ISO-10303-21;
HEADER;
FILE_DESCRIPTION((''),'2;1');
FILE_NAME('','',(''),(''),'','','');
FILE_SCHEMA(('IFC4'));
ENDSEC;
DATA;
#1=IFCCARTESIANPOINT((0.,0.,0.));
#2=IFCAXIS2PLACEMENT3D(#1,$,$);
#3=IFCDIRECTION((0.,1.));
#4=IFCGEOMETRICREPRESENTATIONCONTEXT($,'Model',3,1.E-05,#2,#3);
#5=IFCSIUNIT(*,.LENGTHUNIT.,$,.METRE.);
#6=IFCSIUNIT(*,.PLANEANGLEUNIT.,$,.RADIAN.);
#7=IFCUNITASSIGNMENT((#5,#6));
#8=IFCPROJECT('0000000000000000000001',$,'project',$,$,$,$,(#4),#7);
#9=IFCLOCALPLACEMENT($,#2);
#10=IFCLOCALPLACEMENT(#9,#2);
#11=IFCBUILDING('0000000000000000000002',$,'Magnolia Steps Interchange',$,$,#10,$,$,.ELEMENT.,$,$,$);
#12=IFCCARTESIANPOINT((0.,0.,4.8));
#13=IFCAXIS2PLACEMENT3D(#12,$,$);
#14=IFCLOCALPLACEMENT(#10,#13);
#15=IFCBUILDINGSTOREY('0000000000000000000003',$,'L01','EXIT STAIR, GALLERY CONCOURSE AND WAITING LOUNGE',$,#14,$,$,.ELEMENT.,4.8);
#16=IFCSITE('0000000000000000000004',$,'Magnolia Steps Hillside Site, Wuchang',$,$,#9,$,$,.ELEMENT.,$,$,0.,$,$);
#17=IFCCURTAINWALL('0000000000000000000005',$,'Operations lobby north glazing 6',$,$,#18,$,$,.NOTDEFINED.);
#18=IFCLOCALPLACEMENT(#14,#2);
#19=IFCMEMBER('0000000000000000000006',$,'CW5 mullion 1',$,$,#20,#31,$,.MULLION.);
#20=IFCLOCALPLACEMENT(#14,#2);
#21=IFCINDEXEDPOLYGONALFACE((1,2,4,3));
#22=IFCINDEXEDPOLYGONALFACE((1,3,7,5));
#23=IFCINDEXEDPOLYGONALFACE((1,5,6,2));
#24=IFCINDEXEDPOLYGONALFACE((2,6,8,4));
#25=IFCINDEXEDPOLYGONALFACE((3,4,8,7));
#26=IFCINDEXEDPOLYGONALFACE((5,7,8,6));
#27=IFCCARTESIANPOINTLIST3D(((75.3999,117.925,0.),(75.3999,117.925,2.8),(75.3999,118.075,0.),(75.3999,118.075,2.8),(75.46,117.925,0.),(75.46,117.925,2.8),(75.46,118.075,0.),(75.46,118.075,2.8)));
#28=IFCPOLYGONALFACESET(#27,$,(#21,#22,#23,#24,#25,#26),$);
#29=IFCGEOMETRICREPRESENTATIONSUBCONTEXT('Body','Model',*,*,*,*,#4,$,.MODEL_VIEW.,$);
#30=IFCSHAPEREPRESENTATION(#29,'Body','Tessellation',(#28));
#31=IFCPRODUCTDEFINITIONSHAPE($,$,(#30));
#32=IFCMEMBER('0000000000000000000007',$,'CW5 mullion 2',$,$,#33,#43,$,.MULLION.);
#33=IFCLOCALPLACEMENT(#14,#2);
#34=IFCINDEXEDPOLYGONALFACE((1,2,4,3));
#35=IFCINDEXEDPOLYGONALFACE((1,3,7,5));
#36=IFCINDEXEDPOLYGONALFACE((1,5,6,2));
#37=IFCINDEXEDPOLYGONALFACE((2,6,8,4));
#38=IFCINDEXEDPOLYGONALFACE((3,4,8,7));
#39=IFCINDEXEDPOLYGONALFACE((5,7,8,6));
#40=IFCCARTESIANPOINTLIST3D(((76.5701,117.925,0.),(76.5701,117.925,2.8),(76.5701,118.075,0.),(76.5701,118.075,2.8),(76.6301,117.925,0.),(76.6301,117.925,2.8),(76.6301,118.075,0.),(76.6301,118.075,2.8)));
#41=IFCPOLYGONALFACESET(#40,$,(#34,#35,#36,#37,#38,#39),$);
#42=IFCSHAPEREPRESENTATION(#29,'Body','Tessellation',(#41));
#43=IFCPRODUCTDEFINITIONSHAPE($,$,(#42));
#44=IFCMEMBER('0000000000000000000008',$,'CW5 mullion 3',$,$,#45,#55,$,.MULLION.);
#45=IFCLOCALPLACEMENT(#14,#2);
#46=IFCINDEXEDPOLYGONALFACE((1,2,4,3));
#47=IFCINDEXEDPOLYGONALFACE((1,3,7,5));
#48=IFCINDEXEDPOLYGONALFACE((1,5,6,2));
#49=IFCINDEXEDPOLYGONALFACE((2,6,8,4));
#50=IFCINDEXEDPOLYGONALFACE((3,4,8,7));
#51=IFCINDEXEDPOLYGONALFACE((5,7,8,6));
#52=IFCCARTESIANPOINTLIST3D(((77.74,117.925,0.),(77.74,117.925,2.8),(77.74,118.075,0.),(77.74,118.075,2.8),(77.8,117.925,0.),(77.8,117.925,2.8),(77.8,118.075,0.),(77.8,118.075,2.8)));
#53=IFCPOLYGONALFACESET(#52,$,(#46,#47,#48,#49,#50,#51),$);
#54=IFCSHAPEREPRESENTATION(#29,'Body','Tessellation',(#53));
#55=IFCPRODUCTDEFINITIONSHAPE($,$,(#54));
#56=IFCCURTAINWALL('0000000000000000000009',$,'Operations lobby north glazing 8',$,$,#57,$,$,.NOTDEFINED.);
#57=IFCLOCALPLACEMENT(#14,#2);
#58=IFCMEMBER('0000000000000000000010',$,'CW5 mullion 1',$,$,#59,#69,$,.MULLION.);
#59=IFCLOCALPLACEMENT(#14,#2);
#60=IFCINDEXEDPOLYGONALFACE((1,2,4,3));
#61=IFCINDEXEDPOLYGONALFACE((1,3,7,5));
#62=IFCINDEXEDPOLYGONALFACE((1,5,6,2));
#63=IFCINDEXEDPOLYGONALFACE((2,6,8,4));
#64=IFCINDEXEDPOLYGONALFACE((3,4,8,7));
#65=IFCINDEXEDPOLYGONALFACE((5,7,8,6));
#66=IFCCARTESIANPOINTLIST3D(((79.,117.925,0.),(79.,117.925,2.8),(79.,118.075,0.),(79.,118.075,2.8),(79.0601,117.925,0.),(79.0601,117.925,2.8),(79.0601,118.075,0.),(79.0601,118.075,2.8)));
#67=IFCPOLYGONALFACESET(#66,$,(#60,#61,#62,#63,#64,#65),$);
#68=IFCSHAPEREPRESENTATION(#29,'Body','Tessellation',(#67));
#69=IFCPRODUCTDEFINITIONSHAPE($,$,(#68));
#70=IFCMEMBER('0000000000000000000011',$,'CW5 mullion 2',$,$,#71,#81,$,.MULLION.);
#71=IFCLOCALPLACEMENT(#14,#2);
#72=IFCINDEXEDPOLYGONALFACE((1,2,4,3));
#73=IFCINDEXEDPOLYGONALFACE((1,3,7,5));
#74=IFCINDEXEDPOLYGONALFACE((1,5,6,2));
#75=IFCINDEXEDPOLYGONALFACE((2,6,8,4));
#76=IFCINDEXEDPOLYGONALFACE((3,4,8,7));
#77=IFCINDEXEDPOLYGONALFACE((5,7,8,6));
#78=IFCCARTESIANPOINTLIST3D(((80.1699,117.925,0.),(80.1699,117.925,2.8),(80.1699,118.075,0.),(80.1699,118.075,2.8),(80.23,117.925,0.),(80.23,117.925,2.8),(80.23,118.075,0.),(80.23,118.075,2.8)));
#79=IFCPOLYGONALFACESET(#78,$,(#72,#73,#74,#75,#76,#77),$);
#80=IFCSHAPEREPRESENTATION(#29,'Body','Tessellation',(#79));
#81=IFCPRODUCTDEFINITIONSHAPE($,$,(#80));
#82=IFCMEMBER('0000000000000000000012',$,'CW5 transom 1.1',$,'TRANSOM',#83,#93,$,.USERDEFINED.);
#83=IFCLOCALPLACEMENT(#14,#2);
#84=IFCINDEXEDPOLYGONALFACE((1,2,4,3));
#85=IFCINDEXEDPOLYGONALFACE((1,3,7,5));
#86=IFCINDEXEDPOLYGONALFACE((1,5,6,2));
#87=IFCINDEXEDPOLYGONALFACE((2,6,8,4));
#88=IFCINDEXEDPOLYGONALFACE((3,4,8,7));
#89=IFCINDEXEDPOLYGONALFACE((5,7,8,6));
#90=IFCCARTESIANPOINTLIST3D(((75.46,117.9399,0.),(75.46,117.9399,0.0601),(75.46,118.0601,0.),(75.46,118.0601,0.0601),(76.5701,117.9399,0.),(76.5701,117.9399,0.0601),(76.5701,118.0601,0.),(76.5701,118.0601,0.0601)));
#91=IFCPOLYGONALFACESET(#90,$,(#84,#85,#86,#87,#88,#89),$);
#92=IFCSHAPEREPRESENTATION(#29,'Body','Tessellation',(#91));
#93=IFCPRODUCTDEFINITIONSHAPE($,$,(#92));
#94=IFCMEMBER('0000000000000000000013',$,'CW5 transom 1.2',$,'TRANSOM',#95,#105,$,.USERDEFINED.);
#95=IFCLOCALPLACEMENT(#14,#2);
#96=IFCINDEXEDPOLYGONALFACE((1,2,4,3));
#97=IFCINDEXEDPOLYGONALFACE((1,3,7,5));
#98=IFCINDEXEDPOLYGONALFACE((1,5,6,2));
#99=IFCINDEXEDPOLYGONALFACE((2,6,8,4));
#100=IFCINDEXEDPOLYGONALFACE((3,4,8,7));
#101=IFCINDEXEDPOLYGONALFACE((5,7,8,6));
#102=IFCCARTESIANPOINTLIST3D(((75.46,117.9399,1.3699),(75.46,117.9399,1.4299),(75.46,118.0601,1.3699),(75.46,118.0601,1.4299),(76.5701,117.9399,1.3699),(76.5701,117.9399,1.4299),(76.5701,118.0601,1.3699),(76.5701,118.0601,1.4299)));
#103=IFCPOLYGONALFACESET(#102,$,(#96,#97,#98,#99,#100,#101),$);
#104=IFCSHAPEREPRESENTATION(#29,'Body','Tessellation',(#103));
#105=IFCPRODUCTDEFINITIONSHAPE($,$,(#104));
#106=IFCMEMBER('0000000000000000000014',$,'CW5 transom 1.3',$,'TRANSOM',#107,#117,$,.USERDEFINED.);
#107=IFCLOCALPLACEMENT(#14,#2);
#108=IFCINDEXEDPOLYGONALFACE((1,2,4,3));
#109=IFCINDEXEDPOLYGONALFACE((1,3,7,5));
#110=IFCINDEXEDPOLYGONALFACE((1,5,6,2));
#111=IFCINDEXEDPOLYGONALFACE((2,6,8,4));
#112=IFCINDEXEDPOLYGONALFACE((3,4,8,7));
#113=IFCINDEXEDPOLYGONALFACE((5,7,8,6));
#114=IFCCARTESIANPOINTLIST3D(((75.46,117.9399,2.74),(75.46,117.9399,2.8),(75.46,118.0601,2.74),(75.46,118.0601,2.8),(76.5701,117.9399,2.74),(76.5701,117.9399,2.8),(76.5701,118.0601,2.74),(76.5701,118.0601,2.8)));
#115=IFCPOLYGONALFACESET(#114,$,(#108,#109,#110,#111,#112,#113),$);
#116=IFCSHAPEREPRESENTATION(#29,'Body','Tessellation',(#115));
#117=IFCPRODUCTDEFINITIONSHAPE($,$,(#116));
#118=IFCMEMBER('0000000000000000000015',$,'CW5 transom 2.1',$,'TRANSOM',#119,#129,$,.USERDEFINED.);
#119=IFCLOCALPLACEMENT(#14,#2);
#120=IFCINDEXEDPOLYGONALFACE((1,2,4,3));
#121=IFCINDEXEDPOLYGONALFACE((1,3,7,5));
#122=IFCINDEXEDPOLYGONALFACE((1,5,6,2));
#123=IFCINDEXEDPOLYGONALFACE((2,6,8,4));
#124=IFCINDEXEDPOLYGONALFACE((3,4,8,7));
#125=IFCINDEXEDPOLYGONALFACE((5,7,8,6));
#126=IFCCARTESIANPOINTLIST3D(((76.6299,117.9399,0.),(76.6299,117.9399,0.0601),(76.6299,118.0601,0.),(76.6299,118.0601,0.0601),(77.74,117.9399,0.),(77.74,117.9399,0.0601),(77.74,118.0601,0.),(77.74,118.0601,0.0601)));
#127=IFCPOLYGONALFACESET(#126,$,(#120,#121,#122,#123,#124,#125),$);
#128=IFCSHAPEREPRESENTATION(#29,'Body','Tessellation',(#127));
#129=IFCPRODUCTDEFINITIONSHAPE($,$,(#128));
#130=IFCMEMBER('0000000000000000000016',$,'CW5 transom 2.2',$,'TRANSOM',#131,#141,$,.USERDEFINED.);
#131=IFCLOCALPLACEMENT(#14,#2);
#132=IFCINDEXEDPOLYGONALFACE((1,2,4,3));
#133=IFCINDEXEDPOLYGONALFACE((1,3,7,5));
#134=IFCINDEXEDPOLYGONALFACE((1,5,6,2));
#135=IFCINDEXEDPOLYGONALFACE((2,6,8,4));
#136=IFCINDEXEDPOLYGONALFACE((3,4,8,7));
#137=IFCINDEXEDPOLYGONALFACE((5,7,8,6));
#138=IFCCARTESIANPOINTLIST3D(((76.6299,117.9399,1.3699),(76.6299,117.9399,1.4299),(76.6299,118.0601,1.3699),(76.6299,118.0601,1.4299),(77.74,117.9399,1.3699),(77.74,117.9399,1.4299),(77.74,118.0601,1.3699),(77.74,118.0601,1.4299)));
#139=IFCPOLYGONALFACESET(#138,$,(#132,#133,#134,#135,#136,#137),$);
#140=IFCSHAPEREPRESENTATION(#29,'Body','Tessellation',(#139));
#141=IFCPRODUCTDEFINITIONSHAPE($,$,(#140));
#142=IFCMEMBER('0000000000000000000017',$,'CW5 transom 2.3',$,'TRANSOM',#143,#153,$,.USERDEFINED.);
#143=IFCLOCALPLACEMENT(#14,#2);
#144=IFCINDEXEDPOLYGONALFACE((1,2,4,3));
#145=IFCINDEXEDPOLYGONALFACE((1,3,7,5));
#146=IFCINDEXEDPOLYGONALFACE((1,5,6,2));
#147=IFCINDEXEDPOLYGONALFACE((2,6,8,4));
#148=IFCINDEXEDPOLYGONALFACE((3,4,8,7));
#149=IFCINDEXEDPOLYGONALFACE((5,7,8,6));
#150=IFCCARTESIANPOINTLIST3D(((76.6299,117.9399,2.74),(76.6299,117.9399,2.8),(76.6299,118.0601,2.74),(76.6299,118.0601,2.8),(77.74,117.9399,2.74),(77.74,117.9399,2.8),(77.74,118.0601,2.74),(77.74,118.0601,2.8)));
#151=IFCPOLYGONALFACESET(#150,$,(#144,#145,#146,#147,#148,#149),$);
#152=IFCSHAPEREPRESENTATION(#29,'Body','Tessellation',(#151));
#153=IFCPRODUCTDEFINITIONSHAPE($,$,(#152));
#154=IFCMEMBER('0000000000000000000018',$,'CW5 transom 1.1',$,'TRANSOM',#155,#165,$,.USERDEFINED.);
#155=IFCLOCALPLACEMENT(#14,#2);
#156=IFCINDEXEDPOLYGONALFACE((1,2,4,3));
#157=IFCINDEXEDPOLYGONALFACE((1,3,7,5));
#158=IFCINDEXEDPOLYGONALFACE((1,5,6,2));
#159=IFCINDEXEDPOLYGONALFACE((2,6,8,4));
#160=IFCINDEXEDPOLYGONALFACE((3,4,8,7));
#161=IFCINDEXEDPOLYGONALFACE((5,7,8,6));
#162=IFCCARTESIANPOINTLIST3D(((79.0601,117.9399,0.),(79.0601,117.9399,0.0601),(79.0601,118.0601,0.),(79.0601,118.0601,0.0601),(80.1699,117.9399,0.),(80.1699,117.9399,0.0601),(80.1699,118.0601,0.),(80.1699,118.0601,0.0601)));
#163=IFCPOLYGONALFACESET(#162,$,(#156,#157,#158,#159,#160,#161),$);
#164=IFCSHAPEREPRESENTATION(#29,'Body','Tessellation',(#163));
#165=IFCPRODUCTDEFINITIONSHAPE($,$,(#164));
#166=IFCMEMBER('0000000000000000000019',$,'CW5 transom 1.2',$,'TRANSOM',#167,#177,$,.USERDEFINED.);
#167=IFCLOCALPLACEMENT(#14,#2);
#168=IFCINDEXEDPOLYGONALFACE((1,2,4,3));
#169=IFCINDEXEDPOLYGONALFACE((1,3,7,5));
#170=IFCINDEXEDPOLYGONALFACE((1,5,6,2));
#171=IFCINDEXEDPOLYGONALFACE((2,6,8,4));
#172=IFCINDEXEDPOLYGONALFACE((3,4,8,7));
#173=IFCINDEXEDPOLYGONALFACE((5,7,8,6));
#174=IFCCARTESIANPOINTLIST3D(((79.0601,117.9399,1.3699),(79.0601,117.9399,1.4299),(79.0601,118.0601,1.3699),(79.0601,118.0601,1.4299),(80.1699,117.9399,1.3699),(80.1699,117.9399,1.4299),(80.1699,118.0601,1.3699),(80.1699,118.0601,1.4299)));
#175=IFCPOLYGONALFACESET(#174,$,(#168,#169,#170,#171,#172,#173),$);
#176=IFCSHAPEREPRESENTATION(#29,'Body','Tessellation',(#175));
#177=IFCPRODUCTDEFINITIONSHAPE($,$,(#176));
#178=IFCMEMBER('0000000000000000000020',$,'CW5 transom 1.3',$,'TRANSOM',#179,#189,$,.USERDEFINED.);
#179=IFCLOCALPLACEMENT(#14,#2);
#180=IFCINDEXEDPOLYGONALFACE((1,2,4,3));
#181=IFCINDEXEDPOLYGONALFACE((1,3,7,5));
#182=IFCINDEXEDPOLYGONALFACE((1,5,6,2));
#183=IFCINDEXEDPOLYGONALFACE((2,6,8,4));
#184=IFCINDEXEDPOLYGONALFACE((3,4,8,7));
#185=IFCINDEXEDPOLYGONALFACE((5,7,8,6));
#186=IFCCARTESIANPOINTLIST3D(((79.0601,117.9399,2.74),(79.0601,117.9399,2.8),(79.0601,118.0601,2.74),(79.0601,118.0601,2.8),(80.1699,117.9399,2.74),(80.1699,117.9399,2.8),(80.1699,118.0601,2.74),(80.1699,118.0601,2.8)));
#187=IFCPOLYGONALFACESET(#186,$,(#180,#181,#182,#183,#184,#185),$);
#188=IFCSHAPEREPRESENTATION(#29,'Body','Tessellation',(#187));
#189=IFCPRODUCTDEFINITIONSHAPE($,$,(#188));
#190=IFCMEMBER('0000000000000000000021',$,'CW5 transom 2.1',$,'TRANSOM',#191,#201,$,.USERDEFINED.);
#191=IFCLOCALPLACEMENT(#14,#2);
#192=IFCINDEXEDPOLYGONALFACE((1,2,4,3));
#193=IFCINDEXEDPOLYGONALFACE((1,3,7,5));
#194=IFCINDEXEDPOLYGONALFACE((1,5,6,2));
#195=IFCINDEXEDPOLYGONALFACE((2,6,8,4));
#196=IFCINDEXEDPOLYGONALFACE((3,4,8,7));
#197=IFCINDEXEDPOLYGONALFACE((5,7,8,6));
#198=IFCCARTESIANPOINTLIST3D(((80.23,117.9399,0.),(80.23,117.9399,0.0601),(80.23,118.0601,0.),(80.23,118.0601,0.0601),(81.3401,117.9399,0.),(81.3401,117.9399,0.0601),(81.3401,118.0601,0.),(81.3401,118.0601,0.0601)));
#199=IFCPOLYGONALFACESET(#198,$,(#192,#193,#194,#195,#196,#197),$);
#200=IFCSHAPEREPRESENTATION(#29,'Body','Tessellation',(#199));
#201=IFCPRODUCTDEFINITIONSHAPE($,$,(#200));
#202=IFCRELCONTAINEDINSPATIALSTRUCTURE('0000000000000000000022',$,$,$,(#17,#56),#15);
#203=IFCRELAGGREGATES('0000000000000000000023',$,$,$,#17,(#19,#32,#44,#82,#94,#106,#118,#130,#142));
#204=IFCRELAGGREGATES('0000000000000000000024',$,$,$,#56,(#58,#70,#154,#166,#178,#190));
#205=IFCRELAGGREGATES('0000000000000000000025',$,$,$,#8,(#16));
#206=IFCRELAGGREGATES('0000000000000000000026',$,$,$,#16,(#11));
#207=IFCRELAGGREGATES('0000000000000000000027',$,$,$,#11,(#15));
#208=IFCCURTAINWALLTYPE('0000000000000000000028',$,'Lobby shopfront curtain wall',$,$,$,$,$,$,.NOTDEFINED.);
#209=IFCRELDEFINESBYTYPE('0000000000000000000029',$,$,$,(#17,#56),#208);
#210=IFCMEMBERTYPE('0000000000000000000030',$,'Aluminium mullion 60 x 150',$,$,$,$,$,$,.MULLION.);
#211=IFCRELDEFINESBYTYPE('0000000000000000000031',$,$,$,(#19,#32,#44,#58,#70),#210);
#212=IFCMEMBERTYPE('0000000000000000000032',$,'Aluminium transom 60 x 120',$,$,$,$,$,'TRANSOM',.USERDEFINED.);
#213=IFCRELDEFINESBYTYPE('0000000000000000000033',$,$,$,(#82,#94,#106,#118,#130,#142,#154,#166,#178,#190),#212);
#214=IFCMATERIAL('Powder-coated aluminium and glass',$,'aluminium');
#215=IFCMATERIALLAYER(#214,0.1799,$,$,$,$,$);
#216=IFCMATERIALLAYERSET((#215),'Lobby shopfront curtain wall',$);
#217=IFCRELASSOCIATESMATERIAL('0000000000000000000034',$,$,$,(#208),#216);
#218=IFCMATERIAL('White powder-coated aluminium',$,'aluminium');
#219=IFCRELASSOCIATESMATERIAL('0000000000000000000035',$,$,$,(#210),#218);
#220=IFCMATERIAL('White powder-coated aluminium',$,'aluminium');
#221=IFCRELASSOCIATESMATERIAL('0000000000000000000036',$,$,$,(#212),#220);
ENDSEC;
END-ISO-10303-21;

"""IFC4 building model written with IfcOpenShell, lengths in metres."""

from ifc_helpers import new_model, si_unit, direction, frame, origin, origin_2d, place, context, subcontext, project, spatial, rectangle, extrude, material, layer, layer_set, material_profile, profile_set, type_object, element, aggregate, save


model = new_model("IFC4")

# Units and contexts
model_context = context("Model", 3, precision=1e-05, world=origin(), true_north=direction((0.0, 1.0)))
body_context = subcontext(model_context, "Body", "Model", "MODEL_VIEW")
ifc_project = project(units=[si_unit("LENGTHUNIT", "METRE"), si_unit("PLANEANGLEUNIT", "RADIAN")], contexts=[model_context])

# Site, building, storey
site_placement = place(None, origin())
site = spatial("IfcSite", under=ifc_project, at=site_placement, Name="Magnolia Steps Hillside Site, Wuchang", CompositionType="ELEMENT", RefElevation=0.0)
building_placement = place(site_placement, origin())
building = spatial("IfcBuilding", under=site, at=building_placement, Name="Magnolia Steps Interchange", CompositionType="ELEMENT")
storey_placement = place(building_placement, frame((0.0, 0.0, 4.8)))
storey = spatial("IfcBuildingStorey", under=building, at=storey_placement, Name="L01", Description="EXIT STAIR, GALLERY CONCOURSE AND WAITING LOUNGE", CompositionType="ELEMENT", Elevation=4.8)

# Curtain walls, members
ifc_material_1 = material(Name="Powder-coated aluminium and glass", Category="aluminium")
ifc_layer_1 = layer(ifc_material_1, 0.1799)
ifc_layer_set_1 = layer_set([ifc_layer_1], Name="Lobby shopfront curtain wall")
curtain_wall_type = type_object("IfcCurtainWallType", Name="Lobby shopfront curtain wall", PredefinedType="NOTDEFINED", material=ifc_layer_set_1)
curtain_wall_1_placement = place(storey_placement, origin())
curtain_wall_1 = element("IfcCurtainWall", 1, at=curtain_wall_1_placement, inside=storey, type_object=curtain_wall_type, Name="Operations lobby north glazing 6", PredefinedType="NOTDEFINED")
ifc_material_2 = material(Name="White powder-coated aluminium", Category="aluminium")
ifc_material_profile_1 = material_profile(ifc_material_2, rectangle(XDim=0.0601, YDim=0.1499, at=origin_2d()), Name="Aluminium mullion 60 x 150")
ifc_profile_set_1 = profile_set([ifc_material_profile_1], Name="White powder-coated aluminium")
member_type_1 = type_object("IfcMemberType", Name="Aluminium mullion 60 x 150", PredefinedType="MULLION", material=ifc_profile_set_1)
member_1_placement = place(storey_placement, frame((75.4299, 118.0, 0.0), z_axis=(0.0, 0.0, 1.0), x_axis=(1.0, 0.0, 0.0)))
member_1 = element("IfcMember", 2, at=member_1_placement, type_object=member_type_1, Name="CW5 mullion 1", PredefinedType="MULLION", context=body_context, shape_type="SweptSolid", body=[
    extrude(rectangle(XDim=0.0601, YDim=0.1499, at=origin_2d()), origin(), (0.0, 0.0, 1.0), 2.8),
])
member_2_placement = place(storey_placement, frame((76.6001, 118.0, 0.0), z_axis=(0.0, 0.0, 1.0), x_axis=(1.0, 0.0, 0.0)))
member_2 = element("IfcMember", 3, at=member_2_placement, type_object=member_type_1, Name="CW5 mullion 2", PredefinedType="MULLION", context=body_context, shape_type="SweptSolid", body=[
    extrude(rectangle(XDim=0.0601, YDim=0.1499, at=origin_2d()), origin(), (0.0, 0.0, 1.0), 2.8),
])
member_3_placement = place(storey_placement, frame((77.77, 118.0, 0.0), z_axis=(0.0, 0.0, 1.0), x_axis=(1.0, 0.0, 0.0)))
member_3 = element("IfcMember", 4, at=member_3_placement, type_object=member_type_1, Name="CW5 mullion 3", PredefinedType="MULLION", context=body_context, shape_type="SweptSolid", body=[
    extrude(rectangle(XDim=0.0601, YDim=0.1499, at=origin_2d()), origin(), (0.0, 0.0, 1.0), 2.8),
])
curtain_wall_2_placement = place(storey_placement, origin())
curtain_wall_2 = element("IfcCurtainWall", 5, at=curtain_wall_2_placement, inside=storey, type_object=curtain_wall_type, Name="Operations lobby north glazing 8", PredefinedType="NOTDEFINED")
member_4_placement = place(storey_placement, frame((79.03, 118.0, 0.0), z_axis=(0.0, 0.0, 1.0), x_axis=(1.0, 0.0, 0.0)))
member_4 = element("IfcMember", 6, at=member_4_placement, type_object=member_type_1, Name="CW5 mullion 1", PredefinedType="MULLION", context=body_context, shape_type="SweptSolid", body=[
    extrude(rectangle(XDim=0.0601, YDim=0.1499, at=origin_2d()), origin(), (0.0, 0.0, 1.0), 2.8),
])
member_5_placement = place(storey_placement, frame((80.2, 118.0, 0.0), z_axis=(0.0, 0.0, 1.0), x_axis=(1.0, 0.0, 0.0)))
member_5 = element("IfcMember", 7, at=member_5_placement, type_object=member_type_1, Name="CW5 mullion 2", PredefinedType="MULLION", context=body_context, shape_type="SweptSolid", body=[
    extrude(rectangle(XDim=0.0601, YDim=0.1499, at=origin_2d()), origin(), (0.0, 0.0, 1.0), 2.8),
])

# Members
ifc_material_3 = material(Name="White powder-coated aluminium", Category="aluminium")
ifc_material_profile_2 = material_profile(ifc_material_3, rectangle(XDim=0.0601, YDim=0.1201, at=origin_2d()), Name="Aluminium transom 60 x 120")
ifc_profile_set_2 = profile_set([ifc_material_profile_2], Name="White powder-coated aluminium")
member_type_2 = type_object("IfcMemberType", Name="Aluminium transom 60 x 120", ElementType="TRANSOM", PredefinedType="USERDEFINED", material=ifc_profile_set_2)
member_6_placement = place(storey_placement, frame((75.46, 118.0, 0.03), z_axis=(1.0, 0.0, 0.0), x_axis=(0.0, 0.0, 1.0)))
member_6 = element("IfcMember", 8, at=member_6_placement, type_object=member_type_2, Name="CW5 transom 1.1", ObjectType="TRANSOM", PredefinedType="USERDEFINED", context=body_context, shape_type="SweptSolid", body=[
    extrude(rectangle(XDim=0.0601, YDim=0.1201, at=origin_2d()), origin(), (0.0, 0.0, 1.0), 1.1101),
])
member_7_placement = place(storey_placement, frame((75.46, 118.0, 1.3999), z_axis=(1.0, 0.0, 0.0), x_axis=(0.0, 0.0, 1.0)))
member_7 = element("IfcMember", 9, at=member_7_placement, type_object=member_type_2, Name="CW5 transom 1.2", ObjectType="TRANSOM", PredefinedType="USERDEFINED", context=body_context, shape_type="SweptSolid", body=[
    extrude(rectangle(XDim=0.0601, YDim=0.1201, at=origin_2d()), origin(), (0.0, 0.0, 1.0), 1.1101),
])
member_8_placement = place(storey_placement, frame((75.46, 118.0, 2.77), z_axis=(1.0, 0.0, 0.0), x_axis=(0.0, 0.0, 1.0)))
member_8 = element("IfcMember", 10, at=member_8_placement, type_object=member_type_2, Name="CW5 transom 1.3", ObjectType="TRANSOM", PredefinedType="USERDEFINED", context=body_context, shape_type="SweptSolid", body=[
    extrude(rectangle(XDim=0.0601, YDim=0.1201, at=origin_2d()), origin(), (0.0, 0.0, 1.0), 1.1101),
])
member_9_placement = place(storey_placement, frame((76.6299, 118.0, 0.03), z_axis=(1.0, 0.0, 0.0), x_axis=(0.0, 0.0, 1.0)))
member_9 = element("IfcMember", 11, at=member_9_placement, type_object=member_type_2, Name="CW5 transom 2.1", ObjectType="TRANSOM", PredefinedType="USERDEFINED", context=body_context, shape_type="SweptSolid", body=[
    extrude(rectangle(XDim=0.0601, YDim=0.1201, at=origin_2d()), origin(), (0.0, 0.0, 1.0), 1.1101),
])
member_10_placement = place(storey_placement, frame((76.6299, 118.0, 1.3999), z_axis=(1.0, 0.0, 0.0), x_axis=(0.0, 0.0, 1.0)))
member_10 = element("IfcMember", 12, at=member_10_placement, type_object=member_type_2, Name="CW5 transom 2.2", ObjectType="TRANSOM", PredefinedType="USERDEFINED", context=body_context, shape_type="SweptSolid", body=[
    extrude(rectangle(XDim=0.0601, YDim=0.1201, at=origin_2d()), origin(), (0.0, 0.0, 1.0), 1.1101),
])
member_11_placement = place(storey_placement, frame((76.6299, 118.0, 2.77), z_axis=(1.0, 0.0, 0.0), x_axis=(0.0, 0.0, 1.0)))
member_11 = element("IfcMember", 13, at=member_11_placement, type_object=member_type_2, Name="CW5 transom 2.3", ObjectType="TRANSOM", PredefinedType="USERDEFINED", context=body_context, shape_type="SweptSolid", body=[
    extrude(rectangle(XDim=0.0601, YDim=0.1201, at=origin_2d()), origin(), (0.0, 0.0, 1.0), 1.1101),
])
member_12_placement = place(storey_placement, frame((79.0601, 118.0, 0.03), z_axis=(1.0, 0.0, 0.0), x_axis=(0.0, 0.0, 1.0)))
member_12 = element("IfcMember", 14, at=member_12_placement, type_object=member_type_2, Name="CW5 transom 1.1", ObjectType="TRANSOM", PredefinedType="USERDEFINED", context=body_context, shape_type="SweptSolid", body=[
    extrude(rectangle(XDim=0.0601, YDim=0.1201, at=origin_2d()), origin(), (0.0, 0.0, 1.0), 1.1099),
])
member_13_placement = place(storey_placement, frame((79.0601, 118.0, 1.3999), z_axis=(1.0, 0.0, 0.0), x_axis=(0.0, 0.0, 1.0)))
member_13 = element("IfcMember", 15, at=member_13_placement, type_object=member_type_2, Name="CW5 transom 1.2", ObjectType="TRANSOM", PredefinedType="USERDEFINED", context=body_context, shape_type="SweptSolid", body=[
    extrude(rectangle(XDim=0.0601, YDim=0.1201, at=origin_2d()), origin(), (0.0, 0.0, 1.0), 1.1099),
])
member_14_placement = place(storey_placement, frame((79.0601, 118.0, 2.77), z_axis=(1.0, 0.0, 0.0), x_axis=(0.0, 0.0, 1.0)))
member_14 = element("IfcMember", 16, at=member_14_placement, type_object=member_type_2, Name="CW5 transom 1.3", ObjectType="TRANSOM", PredefinedType="USERDEFINED", context=body_context, shape_type="SweptSolid", body=[
    extrude(rectangle(XDim=0.0601, YDim=0.1201, at=origin_2d()), origin(), (0.0, 0.0, 1.0), 1.1099),
])
member_15_placement = place(storey_placement, frame((80.23, 118.0, 0.03), z_axis=(1.0, 0.0, 0.0), x_axis=(0.0, 0.0, 1.0)))
member_15 = element("IfcMember", 17, at=member_15_placement, type_object=member_type_2, Name="CW5 transom 2.1", ObjectType="TRANSOM", PredefinedType="USERDEFINED", context=body_context, shape_type="SweptSolid", body=[
    extrude(rectangle(XDim=0.0601, YDim=0.1201, at=origin_2d()), origin(), (0.0, 0.0, 1.0), 1.1101),
])

aggregate(curtain_wall_1, [member_1, member_2, member_3, member_6, member_7, member_8, member_9, member_10, member_11])
aggregate(curtain_wall_2, [member_4, member_5, member_12, member_13, member_14, member_15])

save(model, "model.ifc")
